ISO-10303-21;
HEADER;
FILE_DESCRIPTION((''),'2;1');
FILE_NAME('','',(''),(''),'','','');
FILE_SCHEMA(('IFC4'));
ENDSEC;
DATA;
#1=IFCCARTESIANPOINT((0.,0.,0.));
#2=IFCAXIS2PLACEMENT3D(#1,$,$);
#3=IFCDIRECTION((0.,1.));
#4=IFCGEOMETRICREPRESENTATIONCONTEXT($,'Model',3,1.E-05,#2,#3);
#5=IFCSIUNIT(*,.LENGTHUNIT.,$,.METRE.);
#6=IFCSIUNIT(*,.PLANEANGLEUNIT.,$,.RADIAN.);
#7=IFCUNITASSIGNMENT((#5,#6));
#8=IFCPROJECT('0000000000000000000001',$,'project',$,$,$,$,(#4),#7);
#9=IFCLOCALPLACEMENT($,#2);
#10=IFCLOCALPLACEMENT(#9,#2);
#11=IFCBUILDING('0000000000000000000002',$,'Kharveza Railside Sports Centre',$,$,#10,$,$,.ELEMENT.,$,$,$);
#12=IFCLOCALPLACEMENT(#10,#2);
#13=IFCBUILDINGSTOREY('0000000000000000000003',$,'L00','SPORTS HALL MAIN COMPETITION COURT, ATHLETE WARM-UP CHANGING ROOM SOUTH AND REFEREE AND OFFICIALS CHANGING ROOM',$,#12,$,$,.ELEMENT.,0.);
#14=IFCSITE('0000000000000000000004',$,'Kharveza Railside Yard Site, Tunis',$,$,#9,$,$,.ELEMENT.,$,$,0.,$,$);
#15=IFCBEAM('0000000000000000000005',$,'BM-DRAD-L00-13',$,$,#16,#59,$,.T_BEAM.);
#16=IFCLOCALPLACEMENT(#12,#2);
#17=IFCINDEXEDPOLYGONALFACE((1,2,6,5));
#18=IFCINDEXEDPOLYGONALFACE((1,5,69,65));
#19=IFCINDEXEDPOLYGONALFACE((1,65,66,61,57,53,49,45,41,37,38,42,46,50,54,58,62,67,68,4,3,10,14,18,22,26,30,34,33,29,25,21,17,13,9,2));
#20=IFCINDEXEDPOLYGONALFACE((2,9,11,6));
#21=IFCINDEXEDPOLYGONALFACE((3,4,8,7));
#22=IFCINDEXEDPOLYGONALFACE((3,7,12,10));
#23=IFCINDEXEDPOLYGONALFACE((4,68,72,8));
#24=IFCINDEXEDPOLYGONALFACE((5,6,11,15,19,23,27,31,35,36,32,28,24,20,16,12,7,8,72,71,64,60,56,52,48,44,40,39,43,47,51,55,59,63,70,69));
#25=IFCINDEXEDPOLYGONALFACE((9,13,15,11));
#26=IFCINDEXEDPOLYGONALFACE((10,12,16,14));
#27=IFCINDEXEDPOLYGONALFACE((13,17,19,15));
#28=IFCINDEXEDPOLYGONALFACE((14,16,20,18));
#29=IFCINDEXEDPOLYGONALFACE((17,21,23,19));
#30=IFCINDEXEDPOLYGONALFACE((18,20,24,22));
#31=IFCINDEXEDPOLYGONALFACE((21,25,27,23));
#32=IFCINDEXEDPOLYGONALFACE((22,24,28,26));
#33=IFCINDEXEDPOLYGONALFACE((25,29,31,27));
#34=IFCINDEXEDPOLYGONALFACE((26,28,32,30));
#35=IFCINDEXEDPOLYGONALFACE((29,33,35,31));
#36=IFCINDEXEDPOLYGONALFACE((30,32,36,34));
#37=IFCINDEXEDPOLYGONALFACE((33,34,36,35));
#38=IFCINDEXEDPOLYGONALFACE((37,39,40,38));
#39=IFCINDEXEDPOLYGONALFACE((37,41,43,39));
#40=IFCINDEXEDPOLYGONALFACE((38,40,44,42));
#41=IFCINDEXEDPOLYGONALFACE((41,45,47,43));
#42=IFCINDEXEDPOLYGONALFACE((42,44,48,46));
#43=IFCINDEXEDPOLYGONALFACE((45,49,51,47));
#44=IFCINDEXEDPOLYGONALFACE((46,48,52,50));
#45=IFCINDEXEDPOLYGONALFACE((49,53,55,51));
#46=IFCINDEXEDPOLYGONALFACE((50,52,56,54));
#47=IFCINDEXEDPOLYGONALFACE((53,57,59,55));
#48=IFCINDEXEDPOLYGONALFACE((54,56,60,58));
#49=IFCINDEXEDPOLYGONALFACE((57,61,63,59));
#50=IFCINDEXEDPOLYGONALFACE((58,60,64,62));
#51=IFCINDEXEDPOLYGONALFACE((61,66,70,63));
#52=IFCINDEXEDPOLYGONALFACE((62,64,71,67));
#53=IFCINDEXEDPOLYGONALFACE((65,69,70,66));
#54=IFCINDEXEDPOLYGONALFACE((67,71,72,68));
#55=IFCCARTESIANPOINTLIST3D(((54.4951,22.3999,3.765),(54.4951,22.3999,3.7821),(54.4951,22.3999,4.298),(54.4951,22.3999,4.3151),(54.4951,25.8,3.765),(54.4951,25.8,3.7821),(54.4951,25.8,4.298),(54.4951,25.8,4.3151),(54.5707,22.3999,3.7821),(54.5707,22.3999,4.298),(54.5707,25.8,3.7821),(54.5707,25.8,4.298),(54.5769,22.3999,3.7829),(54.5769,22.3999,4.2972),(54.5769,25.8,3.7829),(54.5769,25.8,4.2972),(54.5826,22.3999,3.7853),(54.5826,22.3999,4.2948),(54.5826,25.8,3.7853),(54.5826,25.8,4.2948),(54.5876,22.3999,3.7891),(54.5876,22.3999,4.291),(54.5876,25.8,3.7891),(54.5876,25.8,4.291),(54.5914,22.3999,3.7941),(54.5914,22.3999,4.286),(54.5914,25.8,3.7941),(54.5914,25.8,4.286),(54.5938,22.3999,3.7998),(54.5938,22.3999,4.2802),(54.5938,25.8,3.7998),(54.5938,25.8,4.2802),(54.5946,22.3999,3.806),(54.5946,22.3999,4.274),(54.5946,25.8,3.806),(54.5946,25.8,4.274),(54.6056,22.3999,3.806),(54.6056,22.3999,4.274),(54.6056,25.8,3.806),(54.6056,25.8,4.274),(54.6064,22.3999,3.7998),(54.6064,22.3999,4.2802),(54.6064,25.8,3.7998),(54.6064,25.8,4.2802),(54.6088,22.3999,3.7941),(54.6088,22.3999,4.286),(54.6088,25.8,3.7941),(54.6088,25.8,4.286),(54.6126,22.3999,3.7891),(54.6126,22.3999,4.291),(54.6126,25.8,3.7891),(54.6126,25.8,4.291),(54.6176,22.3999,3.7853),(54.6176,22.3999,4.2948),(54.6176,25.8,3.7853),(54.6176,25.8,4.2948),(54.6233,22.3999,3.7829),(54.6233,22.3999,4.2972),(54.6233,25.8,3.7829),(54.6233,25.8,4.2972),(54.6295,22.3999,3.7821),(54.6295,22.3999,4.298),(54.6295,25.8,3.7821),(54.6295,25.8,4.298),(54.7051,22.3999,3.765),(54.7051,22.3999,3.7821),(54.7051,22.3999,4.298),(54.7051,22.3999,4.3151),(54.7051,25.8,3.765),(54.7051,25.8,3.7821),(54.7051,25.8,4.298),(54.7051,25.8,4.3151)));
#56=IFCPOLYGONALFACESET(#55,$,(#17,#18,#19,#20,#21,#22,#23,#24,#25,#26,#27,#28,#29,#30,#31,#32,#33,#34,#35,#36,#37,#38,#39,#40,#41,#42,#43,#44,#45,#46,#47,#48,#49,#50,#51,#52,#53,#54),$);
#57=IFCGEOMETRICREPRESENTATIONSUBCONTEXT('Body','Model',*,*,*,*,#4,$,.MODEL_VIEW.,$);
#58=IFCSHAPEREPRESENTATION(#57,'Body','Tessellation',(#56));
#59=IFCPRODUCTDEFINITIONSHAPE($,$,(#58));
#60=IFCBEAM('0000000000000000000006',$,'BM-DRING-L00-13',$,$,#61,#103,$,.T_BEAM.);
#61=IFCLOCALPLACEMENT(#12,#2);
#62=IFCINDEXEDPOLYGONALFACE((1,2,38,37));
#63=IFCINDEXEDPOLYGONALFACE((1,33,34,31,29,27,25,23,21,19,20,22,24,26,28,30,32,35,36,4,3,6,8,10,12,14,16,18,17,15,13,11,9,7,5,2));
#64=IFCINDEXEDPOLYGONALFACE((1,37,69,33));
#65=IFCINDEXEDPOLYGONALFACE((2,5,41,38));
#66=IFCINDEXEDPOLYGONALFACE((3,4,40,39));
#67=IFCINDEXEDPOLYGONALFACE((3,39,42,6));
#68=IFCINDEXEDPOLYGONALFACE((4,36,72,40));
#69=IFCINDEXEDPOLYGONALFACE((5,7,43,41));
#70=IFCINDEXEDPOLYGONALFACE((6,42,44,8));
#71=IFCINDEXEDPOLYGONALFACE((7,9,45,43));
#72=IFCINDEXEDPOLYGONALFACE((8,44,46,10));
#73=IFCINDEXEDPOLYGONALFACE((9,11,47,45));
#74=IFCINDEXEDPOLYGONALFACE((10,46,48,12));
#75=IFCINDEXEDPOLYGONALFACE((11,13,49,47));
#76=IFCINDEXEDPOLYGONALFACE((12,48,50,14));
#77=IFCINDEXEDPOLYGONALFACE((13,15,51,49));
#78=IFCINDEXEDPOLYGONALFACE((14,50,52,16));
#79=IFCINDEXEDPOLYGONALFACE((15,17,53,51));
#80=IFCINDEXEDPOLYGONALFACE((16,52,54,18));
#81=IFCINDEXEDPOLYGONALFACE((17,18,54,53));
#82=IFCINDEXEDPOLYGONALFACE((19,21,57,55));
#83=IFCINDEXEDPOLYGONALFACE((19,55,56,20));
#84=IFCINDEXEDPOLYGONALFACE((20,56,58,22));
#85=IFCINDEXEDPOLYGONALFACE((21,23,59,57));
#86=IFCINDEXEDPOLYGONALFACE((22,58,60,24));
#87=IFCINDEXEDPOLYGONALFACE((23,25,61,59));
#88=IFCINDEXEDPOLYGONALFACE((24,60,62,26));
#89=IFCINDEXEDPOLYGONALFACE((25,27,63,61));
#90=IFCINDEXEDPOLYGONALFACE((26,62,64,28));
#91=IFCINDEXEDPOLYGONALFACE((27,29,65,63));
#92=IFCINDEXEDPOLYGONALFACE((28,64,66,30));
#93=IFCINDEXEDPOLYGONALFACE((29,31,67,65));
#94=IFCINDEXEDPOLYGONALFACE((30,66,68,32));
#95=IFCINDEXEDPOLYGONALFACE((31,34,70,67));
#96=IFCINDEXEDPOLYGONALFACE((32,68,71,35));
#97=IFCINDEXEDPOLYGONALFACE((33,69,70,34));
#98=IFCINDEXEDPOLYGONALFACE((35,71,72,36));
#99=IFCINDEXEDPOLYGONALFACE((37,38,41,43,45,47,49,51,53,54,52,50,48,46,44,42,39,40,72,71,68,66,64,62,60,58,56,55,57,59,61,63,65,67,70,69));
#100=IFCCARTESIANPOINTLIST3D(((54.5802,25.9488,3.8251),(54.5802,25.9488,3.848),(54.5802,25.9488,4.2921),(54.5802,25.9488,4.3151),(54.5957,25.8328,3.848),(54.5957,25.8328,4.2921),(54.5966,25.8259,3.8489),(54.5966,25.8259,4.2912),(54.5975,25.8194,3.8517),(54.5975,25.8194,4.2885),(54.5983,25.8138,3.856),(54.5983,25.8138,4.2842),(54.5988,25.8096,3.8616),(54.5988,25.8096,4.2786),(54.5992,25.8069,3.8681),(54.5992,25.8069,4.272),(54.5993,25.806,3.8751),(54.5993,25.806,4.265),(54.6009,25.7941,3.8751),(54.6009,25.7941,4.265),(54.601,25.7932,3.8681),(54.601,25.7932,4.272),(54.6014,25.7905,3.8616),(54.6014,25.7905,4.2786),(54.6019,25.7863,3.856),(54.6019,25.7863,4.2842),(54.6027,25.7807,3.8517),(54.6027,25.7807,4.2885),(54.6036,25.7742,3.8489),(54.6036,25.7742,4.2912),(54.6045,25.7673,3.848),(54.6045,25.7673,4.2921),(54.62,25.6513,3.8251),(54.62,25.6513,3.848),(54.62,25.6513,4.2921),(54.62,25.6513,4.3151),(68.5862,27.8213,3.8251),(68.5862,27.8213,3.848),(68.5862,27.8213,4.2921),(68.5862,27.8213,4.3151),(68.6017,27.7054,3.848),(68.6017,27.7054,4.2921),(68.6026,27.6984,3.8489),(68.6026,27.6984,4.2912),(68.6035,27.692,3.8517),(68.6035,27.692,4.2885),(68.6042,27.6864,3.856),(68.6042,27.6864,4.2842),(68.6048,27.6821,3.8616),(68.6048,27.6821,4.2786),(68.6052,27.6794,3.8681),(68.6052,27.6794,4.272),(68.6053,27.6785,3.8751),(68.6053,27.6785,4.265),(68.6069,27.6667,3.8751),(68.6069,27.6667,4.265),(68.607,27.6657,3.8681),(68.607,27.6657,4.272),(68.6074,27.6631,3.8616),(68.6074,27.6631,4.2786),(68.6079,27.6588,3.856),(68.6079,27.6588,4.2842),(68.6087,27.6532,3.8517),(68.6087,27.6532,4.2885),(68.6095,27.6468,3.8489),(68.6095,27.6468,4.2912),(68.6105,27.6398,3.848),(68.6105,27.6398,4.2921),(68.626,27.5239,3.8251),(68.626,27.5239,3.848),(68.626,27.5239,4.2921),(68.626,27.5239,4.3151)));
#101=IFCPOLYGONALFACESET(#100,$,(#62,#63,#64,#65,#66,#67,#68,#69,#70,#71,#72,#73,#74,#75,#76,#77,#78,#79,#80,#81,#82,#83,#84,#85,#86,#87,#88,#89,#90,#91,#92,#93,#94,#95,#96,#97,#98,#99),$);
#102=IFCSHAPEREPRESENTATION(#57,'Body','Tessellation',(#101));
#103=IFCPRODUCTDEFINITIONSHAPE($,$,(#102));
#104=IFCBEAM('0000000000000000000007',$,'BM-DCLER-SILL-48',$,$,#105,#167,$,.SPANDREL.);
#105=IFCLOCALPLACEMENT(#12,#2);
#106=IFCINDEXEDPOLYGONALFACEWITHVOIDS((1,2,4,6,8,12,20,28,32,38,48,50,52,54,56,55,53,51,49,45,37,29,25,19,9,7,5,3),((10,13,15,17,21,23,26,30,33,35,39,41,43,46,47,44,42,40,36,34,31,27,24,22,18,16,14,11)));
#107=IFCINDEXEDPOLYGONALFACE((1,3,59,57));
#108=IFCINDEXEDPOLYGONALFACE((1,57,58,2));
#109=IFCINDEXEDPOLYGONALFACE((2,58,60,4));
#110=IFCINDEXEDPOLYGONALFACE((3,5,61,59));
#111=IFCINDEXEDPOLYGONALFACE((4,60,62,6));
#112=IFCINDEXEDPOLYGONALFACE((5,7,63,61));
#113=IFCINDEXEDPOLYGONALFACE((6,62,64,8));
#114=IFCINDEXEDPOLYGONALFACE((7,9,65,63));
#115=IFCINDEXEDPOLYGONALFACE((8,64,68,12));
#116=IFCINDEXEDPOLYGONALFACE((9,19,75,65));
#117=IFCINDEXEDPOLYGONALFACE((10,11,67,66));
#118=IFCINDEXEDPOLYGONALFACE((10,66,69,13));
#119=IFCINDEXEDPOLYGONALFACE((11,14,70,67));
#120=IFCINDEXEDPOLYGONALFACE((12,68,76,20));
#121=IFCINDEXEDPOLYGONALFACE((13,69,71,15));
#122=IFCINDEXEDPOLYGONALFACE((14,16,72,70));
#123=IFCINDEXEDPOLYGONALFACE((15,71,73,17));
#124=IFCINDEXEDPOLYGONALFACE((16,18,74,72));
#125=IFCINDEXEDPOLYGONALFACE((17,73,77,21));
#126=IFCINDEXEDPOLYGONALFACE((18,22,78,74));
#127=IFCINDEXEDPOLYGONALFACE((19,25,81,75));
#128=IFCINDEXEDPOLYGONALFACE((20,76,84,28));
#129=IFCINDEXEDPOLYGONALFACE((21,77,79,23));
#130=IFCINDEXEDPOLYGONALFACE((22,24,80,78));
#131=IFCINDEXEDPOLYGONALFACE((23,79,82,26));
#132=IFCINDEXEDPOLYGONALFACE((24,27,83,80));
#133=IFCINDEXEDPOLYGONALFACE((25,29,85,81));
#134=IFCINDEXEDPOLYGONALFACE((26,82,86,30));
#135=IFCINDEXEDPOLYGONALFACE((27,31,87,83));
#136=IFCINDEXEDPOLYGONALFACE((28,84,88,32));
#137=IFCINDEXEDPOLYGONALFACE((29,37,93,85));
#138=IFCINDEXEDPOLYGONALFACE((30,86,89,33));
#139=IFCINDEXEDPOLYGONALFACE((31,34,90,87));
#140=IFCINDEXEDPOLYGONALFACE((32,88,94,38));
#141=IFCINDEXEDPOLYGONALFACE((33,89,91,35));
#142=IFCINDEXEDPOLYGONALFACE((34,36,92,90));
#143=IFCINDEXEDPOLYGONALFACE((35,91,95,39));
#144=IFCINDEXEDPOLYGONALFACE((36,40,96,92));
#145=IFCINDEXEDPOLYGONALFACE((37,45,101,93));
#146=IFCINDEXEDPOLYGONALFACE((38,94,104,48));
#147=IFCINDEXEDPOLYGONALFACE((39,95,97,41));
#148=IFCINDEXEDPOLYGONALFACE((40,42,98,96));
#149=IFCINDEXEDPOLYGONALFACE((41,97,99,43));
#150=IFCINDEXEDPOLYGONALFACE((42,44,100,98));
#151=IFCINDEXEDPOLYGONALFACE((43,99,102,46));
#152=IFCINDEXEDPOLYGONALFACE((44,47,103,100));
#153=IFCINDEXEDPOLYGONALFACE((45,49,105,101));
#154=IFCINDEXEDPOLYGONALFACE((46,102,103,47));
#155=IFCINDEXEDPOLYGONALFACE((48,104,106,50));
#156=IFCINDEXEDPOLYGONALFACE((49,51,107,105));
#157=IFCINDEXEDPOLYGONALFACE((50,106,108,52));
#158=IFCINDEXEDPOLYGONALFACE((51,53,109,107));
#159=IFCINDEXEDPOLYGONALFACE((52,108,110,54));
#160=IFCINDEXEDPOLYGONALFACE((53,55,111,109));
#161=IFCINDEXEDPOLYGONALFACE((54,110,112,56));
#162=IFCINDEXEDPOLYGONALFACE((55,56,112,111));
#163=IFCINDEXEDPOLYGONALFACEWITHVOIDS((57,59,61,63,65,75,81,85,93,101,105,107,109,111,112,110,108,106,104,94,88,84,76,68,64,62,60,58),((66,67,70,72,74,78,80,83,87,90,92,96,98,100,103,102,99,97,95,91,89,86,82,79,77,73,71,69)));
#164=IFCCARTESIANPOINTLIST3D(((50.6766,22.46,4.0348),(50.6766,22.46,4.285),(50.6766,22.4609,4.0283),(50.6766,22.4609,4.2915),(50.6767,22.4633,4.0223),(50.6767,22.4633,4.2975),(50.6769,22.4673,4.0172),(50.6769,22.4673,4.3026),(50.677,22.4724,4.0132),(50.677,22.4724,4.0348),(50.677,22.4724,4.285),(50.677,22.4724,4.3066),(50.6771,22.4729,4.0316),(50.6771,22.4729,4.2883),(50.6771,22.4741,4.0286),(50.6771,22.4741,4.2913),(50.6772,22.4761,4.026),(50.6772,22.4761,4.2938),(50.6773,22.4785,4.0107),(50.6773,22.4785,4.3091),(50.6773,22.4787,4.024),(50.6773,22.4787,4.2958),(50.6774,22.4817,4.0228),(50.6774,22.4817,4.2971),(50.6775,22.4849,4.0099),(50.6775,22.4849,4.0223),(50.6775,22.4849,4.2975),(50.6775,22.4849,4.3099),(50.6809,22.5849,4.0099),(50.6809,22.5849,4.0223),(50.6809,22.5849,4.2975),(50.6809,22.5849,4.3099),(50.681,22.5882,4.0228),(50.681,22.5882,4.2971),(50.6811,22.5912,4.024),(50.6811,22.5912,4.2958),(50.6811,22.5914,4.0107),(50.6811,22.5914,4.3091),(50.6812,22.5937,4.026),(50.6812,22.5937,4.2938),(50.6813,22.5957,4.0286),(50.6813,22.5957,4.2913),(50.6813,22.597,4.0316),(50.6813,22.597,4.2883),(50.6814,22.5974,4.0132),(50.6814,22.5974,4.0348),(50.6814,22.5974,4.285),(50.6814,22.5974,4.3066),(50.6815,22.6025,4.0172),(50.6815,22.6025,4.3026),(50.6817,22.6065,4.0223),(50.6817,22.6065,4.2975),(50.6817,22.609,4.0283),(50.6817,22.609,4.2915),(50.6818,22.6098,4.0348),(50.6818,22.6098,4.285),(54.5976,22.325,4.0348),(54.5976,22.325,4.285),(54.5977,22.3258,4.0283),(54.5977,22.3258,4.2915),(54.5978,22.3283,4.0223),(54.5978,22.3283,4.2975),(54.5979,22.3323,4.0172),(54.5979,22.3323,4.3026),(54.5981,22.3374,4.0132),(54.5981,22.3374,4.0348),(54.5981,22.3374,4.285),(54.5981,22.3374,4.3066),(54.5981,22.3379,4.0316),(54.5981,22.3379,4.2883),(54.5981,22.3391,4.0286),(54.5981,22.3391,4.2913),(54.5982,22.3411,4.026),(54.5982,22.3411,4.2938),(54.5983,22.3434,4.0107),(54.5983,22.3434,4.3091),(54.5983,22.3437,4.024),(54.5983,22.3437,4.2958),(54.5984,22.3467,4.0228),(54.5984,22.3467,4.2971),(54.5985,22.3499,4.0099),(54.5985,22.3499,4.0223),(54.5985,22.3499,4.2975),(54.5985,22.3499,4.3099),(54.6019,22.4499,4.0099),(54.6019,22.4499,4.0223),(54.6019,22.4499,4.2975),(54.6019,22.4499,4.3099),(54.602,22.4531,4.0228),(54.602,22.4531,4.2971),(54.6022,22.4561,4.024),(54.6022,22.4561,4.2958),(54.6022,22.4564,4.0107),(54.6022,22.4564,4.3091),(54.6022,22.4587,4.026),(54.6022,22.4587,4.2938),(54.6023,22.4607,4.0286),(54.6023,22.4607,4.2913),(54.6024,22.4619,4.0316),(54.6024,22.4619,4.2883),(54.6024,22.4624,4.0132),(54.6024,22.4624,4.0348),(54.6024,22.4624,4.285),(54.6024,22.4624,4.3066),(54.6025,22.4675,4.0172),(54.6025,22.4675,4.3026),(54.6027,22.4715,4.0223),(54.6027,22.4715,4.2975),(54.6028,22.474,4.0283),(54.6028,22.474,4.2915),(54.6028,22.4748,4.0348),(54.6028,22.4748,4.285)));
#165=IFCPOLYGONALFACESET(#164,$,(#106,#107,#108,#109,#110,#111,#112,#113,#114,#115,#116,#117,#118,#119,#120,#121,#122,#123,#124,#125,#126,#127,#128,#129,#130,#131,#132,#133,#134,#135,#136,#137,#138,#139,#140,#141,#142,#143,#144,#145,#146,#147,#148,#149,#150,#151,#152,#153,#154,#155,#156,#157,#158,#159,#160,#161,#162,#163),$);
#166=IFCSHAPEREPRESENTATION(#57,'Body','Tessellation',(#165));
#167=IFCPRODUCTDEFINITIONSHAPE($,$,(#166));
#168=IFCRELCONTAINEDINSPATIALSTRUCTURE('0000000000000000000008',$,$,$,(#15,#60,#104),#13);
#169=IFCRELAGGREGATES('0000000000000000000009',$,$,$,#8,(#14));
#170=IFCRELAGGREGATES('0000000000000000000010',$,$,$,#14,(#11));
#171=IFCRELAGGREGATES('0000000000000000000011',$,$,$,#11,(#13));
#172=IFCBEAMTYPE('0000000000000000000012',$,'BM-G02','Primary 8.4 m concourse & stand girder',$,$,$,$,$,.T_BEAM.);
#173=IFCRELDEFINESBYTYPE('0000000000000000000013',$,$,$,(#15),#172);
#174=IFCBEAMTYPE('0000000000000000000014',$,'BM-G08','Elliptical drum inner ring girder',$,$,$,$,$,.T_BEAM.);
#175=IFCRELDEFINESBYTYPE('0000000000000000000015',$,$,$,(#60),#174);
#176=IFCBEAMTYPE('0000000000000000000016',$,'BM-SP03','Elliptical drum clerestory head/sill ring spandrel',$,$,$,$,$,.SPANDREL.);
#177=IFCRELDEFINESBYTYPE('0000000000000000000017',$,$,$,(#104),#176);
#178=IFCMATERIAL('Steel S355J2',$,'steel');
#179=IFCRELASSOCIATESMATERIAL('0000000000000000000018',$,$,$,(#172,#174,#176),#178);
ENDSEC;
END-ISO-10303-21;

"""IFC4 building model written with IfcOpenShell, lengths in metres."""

from ifc_helpers import new_model, si_unit, direction, frame, origin, origin_2d, place, context, subcontext, project, spatial, hollow_rectangle, i_section, extrude, material, material_profile, profile_set, type_object, element, save


model = new_model("IFC4")

# Units and contexts
model_context = context("Model", 3, precision=1e-05, world=origin(), true_north=direction((0.0, 1.0)))
body_context = subcontext(model_context, "Body", "Model", "MODEL_VIEW")
ifc_project = project(units=[si_unit("LENGTHUNIT", "METRE"), si_unit("PLANEANGLEUNIT", "RADIAN")], contexts=[model_context])

# Site, building, storey
site_placement = place(None, origin())
site = spatial("IfcSite", under=ifc_project, at=site_placement, Name="Kharveza Railside Yard Site, Tunis", CompositionType="ELEMENT", RefElevation=0.0)
building_placement = place(site_placement, origin())
building = spatial("IfcBuilding", under=site, at=building_placement, Name="Kharveza Railside Sports Centre", CompositionType="ELEMENT")
storey_placement = place(building_placement, origin())
storey = spatial("IfcBuildingStorey", under=building, at=storey_placement, Name="L00", Description="SPORTS HALL MAIN COMPETITION COURT, ATHLETE WARM-UP CHANGING ROOM SOUTH AND REFEREE AND OFFICIALS CHANGING ROOM", CompositionType="ELEMENT", Elevation=0.0)

# Shared definitions
ifc_material_1 = material(Name="Steel S355J2", Category="steel")

# Beams
ifc_material_profile_1 = material_profile(ifc_material_1, i_section(OverallWidth=0.21, OverallDepth=0.55, WebThickness=0.011, FlangeThickness=0.0171, FilletRadius=0.0239, at=origin_2d()), Name="IPE 550")
ifc_profile_set_1 = profile_set([ifc_material_profile_1], Name="Steel S355J2")
beam_type_1 = type_object("IfcBeamType", Name="BM-G02", Description="Primary 8.4 m concourse & stand girder", PredefinedType="T_BEAM", material=ifc_profile_set_1)
beam_1_placement = place(storey_placement, frame((54.6001, 25.8, 4.04), z_axis=(0.0, -1.0, 0.0), x_axis=(1.0, 0.0, 0.0)))
element("IfcBeam", 1, at=beam_1_placement, inside=storey, type_object=beam_type_1, Name="BM-DRAD-L00-13", PredefinedType="T_BEAM", context=body_context, shape_type="SweptSolid", body=[
    extrude(i_section(OverallWidth=0.21, OverallDepth=0.55, WebThickness=0.011, FlangeThickness=0.0171, FilletRadius=0.0239, at=origin_2d()), origin(), (0.0, 0.0, 1.0), 3.4001),
])
ifc_material_profile_2 = material_profile(ifc_material_1, i_section(OverallWidth=0.3, OverallDepth=0.49, WebThickness=0.012, FlangeThickness=0.0229, FilletRadius=0.0271, at=origin_2d()), Name="HEA 500")
ifc_profile_set_2 = profile_set([ifc_material_profile_2], Name="Steel S355J2")
beam_type_2 = type_object("IfcBeamType", Name="BM-G08", Description="Elliptical drum inner ring girder", PredefinedType="T_BEAM", material=ifc_profile_set_2)
beam_2_placement = place(storey_placement, frame((54.6001, 25.8, 4.0701), z_axis=(0.991181, 0.132517, 0.0), x_axis=(-0.132517, 0.991181, 0.0)))
element("IfcBeam", 2, at=beam_2_placement, inside=storey, type_object=beam_type_2, Name="BM-DRING-L00-13", PredefinedType="T_BEAM", context=body_context, shape_type="SweptSolid", body=[
    extrude(i_section(OverallWidth=0.3, OverallDepth=0.49, WebThickness=0.012, FlangeThickness=0.0229, FilletRadius=0.0271, at=origin_2d()), origin(), (0.0, 0.0, 1.0), 14.1306),
])
ifc_material_profile_3 = material_profile(ifc_material_1, hollow_rectangle(XDim=0.1499, YDim=0.3, WallThickness=0.0125, InnerFilletRadius=0.0125, OuterFilletRadius=0.0249, at=origin_2d()), Name="RHS 150x300x12.5")
ifc_profile_set_3 = profile_set([ifc_material_profile_3], Name="Steel S355J2")
beam_type_3 = type_object("IfcBeamType", Name="BM-SP03", Description="Elliptical drum clerestory head/sill ring spandrel", PredefinedType="SPANDREL", material=ifc_profile_set_3)
beam_3_placement = place(storey_placement, frame((50.6792, 22.5349, 4.1599), z_axis=(0.999408, -0.034413, 0.0), x_axis=(0.034413, 0.999408, 0.0)))
element("IfcBeam", 3, at=beam_3_placement, inside=storey, type_object=beam_type_3, Name="BM-DCLER-SILL-48", PredefinedType="SPANDREL", context=body_context, shape_type="SweptSolid", body=[
    extrude(hollow_rectangle(XDim=0.1499, YDim=0.3, WallThickness=0.0125, InnerFilletRadius=0.0125, OuterFilletRadius=0.0249, at=origin_2d()), origin(), (0.0, 0.0, 1.0), 3.9233),
])

save(model, "model.ifc")
